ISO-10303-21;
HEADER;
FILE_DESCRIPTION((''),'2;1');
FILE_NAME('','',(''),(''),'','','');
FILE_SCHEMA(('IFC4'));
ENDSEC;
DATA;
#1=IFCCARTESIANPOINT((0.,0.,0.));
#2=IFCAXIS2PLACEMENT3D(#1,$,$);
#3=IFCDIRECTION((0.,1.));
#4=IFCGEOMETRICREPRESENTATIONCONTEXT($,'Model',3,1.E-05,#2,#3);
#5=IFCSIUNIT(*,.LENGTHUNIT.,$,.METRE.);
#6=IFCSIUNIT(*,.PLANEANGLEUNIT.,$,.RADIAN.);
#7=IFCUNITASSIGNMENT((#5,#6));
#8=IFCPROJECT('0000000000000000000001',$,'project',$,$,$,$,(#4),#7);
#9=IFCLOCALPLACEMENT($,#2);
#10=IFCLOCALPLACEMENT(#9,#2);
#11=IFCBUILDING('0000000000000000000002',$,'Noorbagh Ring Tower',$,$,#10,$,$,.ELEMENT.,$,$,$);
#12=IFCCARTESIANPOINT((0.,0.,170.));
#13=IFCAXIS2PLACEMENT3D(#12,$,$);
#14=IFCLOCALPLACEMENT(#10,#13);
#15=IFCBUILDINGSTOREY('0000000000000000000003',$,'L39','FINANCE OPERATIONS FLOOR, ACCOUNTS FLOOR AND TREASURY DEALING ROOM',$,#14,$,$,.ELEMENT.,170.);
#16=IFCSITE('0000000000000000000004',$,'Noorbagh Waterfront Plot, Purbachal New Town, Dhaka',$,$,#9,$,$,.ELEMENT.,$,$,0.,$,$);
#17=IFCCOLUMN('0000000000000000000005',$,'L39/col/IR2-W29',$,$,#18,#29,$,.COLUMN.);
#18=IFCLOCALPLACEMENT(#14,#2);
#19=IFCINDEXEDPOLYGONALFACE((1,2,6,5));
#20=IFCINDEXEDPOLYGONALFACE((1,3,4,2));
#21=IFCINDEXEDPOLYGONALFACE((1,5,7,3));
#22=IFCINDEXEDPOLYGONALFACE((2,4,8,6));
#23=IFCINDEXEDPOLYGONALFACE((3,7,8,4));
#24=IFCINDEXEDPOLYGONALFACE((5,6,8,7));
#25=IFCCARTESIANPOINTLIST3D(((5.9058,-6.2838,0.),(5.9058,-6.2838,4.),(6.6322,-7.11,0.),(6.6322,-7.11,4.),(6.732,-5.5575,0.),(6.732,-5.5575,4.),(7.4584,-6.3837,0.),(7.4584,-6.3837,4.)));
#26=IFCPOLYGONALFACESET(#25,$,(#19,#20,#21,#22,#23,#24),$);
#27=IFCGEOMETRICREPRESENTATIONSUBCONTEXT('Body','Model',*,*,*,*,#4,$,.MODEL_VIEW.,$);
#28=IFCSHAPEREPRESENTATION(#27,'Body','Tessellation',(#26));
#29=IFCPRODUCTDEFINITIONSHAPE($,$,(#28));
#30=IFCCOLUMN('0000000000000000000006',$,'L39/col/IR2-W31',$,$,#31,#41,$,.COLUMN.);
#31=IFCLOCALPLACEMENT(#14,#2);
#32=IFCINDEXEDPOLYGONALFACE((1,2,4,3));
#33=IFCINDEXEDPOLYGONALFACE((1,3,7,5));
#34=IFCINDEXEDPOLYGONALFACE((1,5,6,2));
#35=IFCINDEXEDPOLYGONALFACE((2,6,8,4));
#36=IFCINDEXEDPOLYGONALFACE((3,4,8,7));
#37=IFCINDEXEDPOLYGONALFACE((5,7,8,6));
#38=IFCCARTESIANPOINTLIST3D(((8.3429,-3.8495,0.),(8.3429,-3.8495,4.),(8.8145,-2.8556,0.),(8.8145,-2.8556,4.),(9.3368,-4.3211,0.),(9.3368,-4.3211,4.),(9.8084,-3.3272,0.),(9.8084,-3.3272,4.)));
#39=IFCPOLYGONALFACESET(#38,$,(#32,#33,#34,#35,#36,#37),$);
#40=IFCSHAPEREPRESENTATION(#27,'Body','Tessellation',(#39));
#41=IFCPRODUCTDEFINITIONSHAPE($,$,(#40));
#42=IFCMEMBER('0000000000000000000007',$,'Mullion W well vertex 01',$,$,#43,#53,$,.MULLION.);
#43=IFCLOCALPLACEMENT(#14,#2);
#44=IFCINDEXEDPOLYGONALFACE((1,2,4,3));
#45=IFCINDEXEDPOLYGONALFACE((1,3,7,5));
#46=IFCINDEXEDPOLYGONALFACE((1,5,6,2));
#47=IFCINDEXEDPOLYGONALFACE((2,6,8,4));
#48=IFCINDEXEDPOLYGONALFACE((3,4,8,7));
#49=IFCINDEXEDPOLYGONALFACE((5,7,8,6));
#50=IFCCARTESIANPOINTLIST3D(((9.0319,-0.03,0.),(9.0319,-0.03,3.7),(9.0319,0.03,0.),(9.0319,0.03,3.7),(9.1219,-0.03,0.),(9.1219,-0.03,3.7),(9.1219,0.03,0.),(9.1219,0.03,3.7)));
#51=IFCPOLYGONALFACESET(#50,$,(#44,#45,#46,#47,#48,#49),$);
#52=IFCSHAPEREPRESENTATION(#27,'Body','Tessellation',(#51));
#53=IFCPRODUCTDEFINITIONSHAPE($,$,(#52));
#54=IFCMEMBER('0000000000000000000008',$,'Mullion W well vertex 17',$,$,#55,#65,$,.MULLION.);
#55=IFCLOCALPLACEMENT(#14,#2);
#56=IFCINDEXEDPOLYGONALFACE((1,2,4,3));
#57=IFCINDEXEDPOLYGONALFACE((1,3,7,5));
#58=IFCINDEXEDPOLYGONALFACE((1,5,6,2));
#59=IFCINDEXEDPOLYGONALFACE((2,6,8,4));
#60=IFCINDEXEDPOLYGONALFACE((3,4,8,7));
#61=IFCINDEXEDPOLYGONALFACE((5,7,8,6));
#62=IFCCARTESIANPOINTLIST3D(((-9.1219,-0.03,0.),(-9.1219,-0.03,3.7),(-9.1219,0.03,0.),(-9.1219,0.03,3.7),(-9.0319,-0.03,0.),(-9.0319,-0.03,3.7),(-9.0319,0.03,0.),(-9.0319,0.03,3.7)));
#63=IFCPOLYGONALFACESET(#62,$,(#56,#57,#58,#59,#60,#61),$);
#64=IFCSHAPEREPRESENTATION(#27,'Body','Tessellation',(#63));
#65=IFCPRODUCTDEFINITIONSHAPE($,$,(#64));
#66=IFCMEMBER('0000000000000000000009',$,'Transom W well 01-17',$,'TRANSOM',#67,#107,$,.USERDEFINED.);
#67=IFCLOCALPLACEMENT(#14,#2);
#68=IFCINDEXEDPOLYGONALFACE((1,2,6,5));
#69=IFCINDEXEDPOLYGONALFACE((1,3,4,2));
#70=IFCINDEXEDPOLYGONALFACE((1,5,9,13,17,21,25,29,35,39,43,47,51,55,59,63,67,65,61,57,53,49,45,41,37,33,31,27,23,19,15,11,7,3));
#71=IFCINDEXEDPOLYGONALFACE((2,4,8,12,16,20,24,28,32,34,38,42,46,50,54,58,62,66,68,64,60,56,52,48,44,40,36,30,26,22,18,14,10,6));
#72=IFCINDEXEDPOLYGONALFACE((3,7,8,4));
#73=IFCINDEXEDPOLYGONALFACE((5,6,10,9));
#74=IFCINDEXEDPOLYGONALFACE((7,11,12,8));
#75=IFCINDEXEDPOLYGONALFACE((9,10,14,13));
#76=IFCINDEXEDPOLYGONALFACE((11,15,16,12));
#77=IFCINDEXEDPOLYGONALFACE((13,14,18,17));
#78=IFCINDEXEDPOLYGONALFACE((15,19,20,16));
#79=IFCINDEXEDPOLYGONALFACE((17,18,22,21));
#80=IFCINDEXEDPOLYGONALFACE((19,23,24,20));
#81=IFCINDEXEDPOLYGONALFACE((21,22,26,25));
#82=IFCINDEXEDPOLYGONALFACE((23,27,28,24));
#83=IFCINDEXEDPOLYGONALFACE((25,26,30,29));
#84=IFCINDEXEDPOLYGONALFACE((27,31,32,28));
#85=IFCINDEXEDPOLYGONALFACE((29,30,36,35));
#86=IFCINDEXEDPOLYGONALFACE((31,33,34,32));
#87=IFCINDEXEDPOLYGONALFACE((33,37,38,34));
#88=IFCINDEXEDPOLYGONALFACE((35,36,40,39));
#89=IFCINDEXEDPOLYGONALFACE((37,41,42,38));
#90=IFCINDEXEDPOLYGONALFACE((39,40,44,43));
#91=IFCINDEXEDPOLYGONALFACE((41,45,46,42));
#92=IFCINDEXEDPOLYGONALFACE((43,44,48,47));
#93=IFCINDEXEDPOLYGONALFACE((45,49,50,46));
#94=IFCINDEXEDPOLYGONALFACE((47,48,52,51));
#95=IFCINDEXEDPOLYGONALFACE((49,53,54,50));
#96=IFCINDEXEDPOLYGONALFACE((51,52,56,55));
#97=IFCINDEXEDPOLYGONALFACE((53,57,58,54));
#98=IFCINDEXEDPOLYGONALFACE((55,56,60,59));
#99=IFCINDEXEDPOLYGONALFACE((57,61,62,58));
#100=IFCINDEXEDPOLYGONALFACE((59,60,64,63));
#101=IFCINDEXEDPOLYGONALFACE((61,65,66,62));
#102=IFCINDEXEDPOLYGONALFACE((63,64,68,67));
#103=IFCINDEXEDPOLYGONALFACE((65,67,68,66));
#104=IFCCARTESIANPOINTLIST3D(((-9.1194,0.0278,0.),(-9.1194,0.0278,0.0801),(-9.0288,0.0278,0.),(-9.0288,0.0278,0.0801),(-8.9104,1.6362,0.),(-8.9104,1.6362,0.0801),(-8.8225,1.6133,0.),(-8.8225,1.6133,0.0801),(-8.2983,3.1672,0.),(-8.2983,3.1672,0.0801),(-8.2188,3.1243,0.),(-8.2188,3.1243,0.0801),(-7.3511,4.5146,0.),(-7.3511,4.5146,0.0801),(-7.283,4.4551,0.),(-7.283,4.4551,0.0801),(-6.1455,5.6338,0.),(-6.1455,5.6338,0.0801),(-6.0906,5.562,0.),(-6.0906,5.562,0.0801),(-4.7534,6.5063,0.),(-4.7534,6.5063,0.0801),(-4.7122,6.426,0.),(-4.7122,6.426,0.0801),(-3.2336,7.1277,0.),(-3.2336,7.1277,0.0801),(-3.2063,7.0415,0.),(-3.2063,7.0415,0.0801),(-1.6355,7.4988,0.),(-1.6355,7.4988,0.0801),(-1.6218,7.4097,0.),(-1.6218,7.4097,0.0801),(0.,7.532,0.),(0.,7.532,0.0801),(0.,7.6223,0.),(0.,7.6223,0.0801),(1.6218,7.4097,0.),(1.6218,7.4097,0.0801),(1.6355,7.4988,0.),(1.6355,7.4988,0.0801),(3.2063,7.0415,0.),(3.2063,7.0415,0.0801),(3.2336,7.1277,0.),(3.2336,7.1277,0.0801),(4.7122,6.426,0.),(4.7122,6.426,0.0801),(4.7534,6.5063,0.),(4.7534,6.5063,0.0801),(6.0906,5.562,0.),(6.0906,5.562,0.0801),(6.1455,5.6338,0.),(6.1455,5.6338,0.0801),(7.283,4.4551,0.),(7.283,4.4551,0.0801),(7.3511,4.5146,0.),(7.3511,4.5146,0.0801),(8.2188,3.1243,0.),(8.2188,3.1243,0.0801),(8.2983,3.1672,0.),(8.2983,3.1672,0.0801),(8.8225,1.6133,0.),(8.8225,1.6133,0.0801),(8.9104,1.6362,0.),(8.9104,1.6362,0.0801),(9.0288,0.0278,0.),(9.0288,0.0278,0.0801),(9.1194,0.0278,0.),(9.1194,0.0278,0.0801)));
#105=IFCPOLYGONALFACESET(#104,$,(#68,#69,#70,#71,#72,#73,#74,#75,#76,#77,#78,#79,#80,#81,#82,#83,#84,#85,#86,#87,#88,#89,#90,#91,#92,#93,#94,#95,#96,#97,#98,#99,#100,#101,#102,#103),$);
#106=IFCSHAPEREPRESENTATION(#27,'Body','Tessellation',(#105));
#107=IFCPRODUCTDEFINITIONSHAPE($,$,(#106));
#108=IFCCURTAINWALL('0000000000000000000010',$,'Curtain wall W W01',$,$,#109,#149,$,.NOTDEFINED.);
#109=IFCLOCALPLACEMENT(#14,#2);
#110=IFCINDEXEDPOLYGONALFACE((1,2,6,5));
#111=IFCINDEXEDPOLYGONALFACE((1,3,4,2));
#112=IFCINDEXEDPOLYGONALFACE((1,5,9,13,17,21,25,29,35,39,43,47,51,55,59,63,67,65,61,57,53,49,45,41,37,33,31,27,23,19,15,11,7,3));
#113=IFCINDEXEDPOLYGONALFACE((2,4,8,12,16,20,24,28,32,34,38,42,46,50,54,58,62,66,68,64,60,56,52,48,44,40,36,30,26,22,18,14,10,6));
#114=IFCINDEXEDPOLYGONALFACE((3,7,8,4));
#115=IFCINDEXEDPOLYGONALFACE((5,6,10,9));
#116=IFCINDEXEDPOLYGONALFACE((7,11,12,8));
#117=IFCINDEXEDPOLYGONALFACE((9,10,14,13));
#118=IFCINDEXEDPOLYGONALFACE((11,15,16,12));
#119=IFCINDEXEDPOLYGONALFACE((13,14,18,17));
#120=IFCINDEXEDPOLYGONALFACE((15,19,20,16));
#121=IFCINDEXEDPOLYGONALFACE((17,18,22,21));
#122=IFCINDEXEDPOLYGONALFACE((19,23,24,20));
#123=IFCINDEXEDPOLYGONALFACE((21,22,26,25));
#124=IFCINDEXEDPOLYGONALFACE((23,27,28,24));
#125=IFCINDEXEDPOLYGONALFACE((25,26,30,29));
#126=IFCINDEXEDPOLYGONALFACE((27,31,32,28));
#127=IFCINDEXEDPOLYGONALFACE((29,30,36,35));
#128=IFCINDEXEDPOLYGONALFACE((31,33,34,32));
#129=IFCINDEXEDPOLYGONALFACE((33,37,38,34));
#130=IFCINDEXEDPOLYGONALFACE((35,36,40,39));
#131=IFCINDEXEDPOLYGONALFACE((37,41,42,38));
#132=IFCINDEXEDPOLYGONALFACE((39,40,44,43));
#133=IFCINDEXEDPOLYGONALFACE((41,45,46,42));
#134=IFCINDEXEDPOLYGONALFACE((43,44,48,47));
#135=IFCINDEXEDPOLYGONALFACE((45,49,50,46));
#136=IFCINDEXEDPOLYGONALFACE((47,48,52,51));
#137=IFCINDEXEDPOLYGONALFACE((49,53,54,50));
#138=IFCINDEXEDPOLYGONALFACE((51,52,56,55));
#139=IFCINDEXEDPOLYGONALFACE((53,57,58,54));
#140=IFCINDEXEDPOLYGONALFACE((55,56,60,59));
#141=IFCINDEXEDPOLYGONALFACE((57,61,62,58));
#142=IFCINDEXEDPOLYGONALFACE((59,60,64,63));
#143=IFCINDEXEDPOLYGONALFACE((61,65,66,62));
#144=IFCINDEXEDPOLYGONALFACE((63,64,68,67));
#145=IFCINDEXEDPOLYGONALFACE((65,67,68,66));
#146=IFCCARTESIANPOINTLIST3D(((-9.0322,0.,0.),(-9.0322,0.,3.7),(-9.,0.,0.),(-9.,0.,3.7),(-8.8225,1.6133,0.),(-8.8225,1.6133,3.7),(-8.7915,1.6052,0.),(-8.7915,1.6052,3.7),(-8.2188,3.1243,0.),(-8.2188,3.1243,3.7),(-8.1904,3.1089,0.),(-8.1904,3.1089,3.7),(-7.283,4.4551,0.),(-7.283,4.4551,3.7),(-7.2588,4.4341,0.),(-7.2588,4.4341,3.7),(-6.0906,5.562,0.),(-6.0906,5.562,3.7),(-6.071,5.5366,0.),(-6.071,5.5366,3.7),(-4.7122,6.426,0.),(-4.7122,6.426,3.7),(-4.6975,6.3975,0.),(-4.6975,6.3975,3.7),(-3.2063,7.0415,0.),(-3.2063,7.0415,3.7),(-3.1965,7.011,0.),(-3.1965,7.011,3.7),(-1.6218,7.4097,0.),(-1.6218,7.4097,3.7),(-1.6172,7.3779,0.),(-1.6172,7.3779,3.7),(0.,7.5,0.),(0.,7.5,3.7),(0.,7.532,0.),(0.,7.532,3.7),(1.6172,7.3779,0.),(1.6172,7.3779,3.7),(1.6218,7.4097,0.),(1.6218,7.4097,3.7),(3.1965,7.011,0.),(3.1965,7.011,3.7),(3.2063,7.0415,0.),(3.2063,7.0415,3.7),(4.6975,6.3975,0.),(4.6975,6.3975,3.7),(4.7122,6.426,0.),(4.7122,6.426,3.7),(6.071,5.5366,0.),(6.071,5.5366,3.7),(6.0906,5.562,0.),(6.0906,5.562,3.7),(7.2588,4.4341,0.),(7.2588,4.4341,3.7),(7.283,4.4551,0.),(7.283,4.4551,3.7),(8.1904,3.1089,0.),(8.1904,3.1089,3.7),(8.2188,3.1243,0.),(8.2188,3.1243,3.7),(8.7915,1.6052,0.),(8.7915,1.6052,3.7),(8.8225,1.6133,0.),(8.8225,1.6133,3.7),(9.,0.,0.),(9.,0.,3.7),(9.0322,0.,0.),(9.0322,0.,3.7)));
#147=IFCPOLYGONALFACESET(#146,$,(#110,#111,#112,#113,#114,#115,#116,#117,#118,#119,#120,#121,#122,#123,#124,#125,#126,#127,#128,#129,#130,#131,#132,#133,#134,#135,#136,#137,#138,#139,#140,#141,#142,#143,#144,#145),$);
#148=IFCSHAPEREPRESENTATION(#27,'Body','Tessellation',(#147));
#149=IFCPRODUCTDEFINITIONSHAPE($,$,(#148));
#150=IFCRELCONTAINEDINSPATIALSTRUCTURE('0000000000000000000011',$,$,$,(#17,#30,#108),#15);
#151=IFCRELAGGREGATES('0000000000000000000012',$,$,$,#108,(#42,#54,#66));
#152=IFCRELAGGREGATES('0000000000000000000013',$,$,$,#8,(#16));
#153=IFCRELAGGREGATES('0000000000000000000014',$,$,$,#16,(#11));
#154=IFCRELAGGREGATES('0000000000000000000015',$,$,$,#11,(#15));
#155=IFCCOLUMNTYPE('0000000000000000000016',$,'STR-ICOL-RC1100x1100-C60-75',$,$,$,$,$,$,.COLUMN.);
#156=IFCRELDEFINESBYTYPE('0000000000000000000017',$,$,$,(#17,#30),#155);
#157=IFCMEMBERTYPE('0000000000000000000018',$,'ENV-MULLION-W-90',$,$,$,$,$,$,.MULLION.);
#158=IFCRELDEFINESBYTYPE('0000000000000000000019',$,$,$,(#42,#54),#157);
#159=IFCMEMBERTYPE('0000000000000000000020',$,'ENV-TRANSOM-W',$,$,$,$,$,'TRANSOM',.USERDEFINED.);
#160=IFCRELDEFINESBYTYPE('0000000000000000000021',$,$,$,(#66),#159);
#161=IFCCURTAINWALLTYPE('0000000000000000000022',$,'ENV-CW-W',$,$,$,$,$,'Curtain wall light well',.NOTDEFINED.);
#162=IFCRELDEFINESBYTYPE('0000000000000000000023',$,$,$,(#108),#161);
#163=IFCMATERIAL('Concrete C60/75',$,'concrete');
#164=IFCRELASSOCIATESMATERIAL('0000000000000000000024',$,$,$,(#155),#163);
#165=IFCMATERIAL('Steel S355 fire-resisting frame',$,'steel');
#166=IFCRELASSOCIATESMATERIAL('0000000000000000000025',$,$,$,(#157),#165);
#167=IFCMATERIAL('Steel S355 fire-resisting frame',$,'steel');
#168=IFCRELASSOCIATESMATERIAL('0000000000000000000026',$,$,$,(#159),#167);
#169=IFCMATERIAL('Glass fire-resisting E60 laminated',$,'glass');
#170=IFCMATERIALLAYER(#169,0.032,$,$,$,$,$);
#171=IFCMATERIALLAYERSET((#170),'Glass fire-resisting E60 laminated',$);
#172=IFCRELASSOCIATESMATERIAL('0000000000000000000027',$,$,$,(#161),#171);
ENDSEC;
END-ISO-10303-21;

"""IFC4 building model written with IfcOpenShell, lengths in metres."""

from ifc_helpers import new_model, si_unit, direction, frame, origin, origin_2d, place, context, subcontext, project, spatial, polyline, rectangle, outline, extrude, material, layer, layer_set, material_profile, profile_set, type_object, element, aggregate, save


model = new_model("IFC4")

# Units and contexts
model_context = context("Model", 3, precision=1e-05, world=origin(), true_north=direction((0.0, 1.0)))
body_context = subcontext(model_context, "Body", "Model", "MODEL_VIEW")
ifc_project = project(units=[si_unit("LENGTHUNIT", "METRE"), si_unit("PLANEANGLEUNIT", "RADIAN")], contexts=[model_context])

# Site, building, storey
site_placement = place(None, origin())
site = spatial("IfcSite", under=ifc_project, at=site_placement, Name="Noorbagh Waterfront Plot, Purbachal New Town, Dhaka", CompositionType="ELEMENT", RefElevation=0.0)
building_placement = place(site_placement, origin())
building = spatial("IfcBuilding", under=site, at=building_placement, Name="Noorbagh Ring Tower", CompositionType="ELEMENT")
storey_placement = place(building_placement, frame((0.0, 0.0, 170.0)))
storey = spatial("IfcBuildingStorey", under=building, at=storey_placement, Name="L39", Description="FINANCE OPERATIONS FLOOR, ACCOUNTS FLOOR AND TREASURY DEALING ROOM", CompositionType="ELEMENT", Elevation=170.0)

# Columns
ifc_material_1 = material(Name="Concrete C60/75", Category="concrete")
ifc_material_profile_1 = material_profile(ifc_material_1, rectangle(XDim=1.1001, YDim=1.1001, at=origin_2d()), Name="RC1100x1100")
ifc_profile_set_1 = profile_set([ifc_material_profile_1], Name="Concrete C60/75")
column_type = type_object("IfcColumnType", Name="STR-ICOL-RC1100x1100-C60-75", PredefinedType="COLUMN", material=ifc_profile_set_1)
for number, where, z_axis, x_axis, name in (
    (1, (6.6821, -6.3337, 0.0), (0.0, 0.0, 1.0), (0.751022, 0.660277, 0.0), "L39/col/IR2-W29"),
    (2, (9.0757, -3.5884, 0.0), (0.0, 0.0, 1.0), (0.428667, 0.903463, 0.0), "L39/col/IR2-W31"),
):
    element("IfcColumn", number, at=place(storey_placement, frame(where, z_axis=z_axis, x_axis=x_axis)), inside=storey, type_object=column_type, Name=name, PredefinedType="COLUMN", context=body_context, shape_type="SweptSolid", body=[
        extrude(rectangle(XDim=1.1001, YDim=1.1001, at=origin_2d()), origin(), (0.0, 0.0, 1.0), 4.0),
    ])

# Members
ifc_material_2 = material(Name="Steel S355 fire-resisting frame", Category="steel")
ifc_material_profile_2 = material_profile(ifc_material_2, rectangle(XDim=0.0901, YDim=0.0601, at=origin_2d()), Name="90x60")
ifc_profile_set_2 = profile_set([ifc_material_profile_2], Name="Steel S355 fire-resisting frame")
member_type_1 = type_object("IfcMemberType", Name="ENV-MULLION-W-90", PredefinedType="MULLION", material=ifc_profile_set_2)
member_1_placement = place(storey_placement, frame((9.0769, 0.0, 0.0), z_axis=(0.0, 0.0, 1.0), x_axis=(1.0, 0.0, 0.0)))
member_1 = element("IfcMember", 3, at=member_1_placement, type_object=member_type_1, Name="Mullion W well vertex 01", PredefinedType="MULLION", context=body_context, shape_type="SweptSolid", body=[
    extrude(rectangle(XDim=0.0901, YDim=0.0601, at=origin_2d()), origin(), (0.0, 0.0, 1.0), 3.7),
])
member_2_placement = place(storey_placement, frame((-9.0769, 0.0, 0.0), z_axis=(0.0, 0.0, 1.0), x_axis=(-1.0, 0.0, 0.0)))
member_2 = element("IfcMember", 4, at=member_2_placement, type_object=member_type_1, Name="Mullion W well vertex 17", PredefinedType="MULLION", context=body_context, shape_type="SweptSolid", body=[
    extrude(rectangle(XDim=0.0901, YDim=0.0601, at=origin_2d()), origin(), (0.0, 0.0, 1.0), 3.7),
])
ifc_material_3 = material(Name="Steel S355 fire-resisting frame", Category="steel")
member_type_2 = type_object("IfcMemberType", Name="ENV-TRANSOM-W", ElementType="TRANSOM", PredefinedType="USERDEFINED", material=ifc_material_3)
member_3_placement = place(storey_placement, origin())
member_3 = element("IfcMember", 5, at=member_3_placement, type_object=member_type_2, Name="Transom W well 01-17", ObjectType="TRANSOM", PredefinedType="USERDEFINED", context=body_context, shape_type="SweptSolid", body=[
    extrude(outline(polyline([(9.1194, 0.0278), (8.9104, 1.6362), (8.2983, 3.1672), (7.3511, 4.5146), (6.1455, 5.6338), (4.7534, 6.5063), (3.2336, 7.1277), (1.6355, 7.4988), (0.0, 7.6223), (-1.6355, 7.4988), (-3.2336, 7.1277), (-4.7534, 6.5063), (-6.1455, 5.6338), (-7.3511, 4.5146), (-8.2983, 3.1672), (-8.9104, 1.6362), (-9.1194, 0.0278), (-9.0288, 0.0278), (-8.8225, 1.6133), (-8.2188, 3.1243), (-7.283, 4.4551), (-6.0906, 5.562), (-4.7122, 6.426), (-3.2063, 7.0415), (-1.6218, 7.4097), (0.0, 7.532), (1.6218, 7.4097), (3.2063, 7.0415), (4.7122, 6.426), (6.0906, 5.562), (7.283, 4.4551), (8.2188, 3.1243), (8.8225, 1.6133), (9.0288, 0.0278), (9.1194, 0.0278)])), origin(), (0.0, 0.0, 1.0), 0.0801),
])

# Curtain wall
ifc_material_4 = material(Name="Glass fire-resisting E60 laminated", Category="glass")
ifc_layer_1 = layer(ifc_material_4, 0.032)
ifc_layer_set_1 = layer_set([ifc_layer_1], Name="Glass fire-resisting E60 laminated")
curtain_wall_type = type_object("IfcCurtainWallType", Name="ENV-CW-W", ElementType="Curtain wall light well", PredefinedType="NOTDEFINED", material=ifc_layer_set_1)
curtain_wall_1_placement = place(storey_placement, origin())
curtain_wall_1 = element("IfcCurtainWall", 6, at=curtain_wall_1_placement, inside=storey, type_object=curtain_wall_type, Name="Curtain wall W W01", PredefinedType="NOTDEFINED", context=body_context, shape_type="SweptSolid", body=[
    extrude(outline(polyline([(9.0322, 0.0), (8.8225, 1.6133), (8.2188, 3.1243), (7.283, 4.4551), (6.0906, 5.562), (4.7122, 6.426), (3.2063, 7.0415), (1.6218, 7.4097), (0.0, 7.532), (-1.6218, 7.4097), (-3.2063, 7.0415), (-4.7122, 6.426), (-6.0906, 5.562), (-7.283, 4.4551), (-8.2188, 3.1243), (-8.8225, 1.6133), (-9.0322, 0.0), (-9.0, 0.0), (-8.7915, 1.6052), (-8.1904, 3.1089), (-7.2588, 4.4341), (-6.071, 5.5366), (-4.6975, 6.3975), (-3.1965, 7.011), (-1.6172, 7.3779), (0.0, 7.5), (1.6172, 7.3779), (3.1965, 7.011), (4.6975, 6.3975), (6.071, 5.5366), (7.2588, 4.4341), (8.1904, 3.1089), (8.7915, 1.6052), (9.0, 0.0), (9.0322, 0.0)])), origin(), (0.0, 0.0, 1.0), 3.7),
])
aggregate(curtain_wall_1, [member_1, member_2, member_3])

save(model, "model.ifc")
